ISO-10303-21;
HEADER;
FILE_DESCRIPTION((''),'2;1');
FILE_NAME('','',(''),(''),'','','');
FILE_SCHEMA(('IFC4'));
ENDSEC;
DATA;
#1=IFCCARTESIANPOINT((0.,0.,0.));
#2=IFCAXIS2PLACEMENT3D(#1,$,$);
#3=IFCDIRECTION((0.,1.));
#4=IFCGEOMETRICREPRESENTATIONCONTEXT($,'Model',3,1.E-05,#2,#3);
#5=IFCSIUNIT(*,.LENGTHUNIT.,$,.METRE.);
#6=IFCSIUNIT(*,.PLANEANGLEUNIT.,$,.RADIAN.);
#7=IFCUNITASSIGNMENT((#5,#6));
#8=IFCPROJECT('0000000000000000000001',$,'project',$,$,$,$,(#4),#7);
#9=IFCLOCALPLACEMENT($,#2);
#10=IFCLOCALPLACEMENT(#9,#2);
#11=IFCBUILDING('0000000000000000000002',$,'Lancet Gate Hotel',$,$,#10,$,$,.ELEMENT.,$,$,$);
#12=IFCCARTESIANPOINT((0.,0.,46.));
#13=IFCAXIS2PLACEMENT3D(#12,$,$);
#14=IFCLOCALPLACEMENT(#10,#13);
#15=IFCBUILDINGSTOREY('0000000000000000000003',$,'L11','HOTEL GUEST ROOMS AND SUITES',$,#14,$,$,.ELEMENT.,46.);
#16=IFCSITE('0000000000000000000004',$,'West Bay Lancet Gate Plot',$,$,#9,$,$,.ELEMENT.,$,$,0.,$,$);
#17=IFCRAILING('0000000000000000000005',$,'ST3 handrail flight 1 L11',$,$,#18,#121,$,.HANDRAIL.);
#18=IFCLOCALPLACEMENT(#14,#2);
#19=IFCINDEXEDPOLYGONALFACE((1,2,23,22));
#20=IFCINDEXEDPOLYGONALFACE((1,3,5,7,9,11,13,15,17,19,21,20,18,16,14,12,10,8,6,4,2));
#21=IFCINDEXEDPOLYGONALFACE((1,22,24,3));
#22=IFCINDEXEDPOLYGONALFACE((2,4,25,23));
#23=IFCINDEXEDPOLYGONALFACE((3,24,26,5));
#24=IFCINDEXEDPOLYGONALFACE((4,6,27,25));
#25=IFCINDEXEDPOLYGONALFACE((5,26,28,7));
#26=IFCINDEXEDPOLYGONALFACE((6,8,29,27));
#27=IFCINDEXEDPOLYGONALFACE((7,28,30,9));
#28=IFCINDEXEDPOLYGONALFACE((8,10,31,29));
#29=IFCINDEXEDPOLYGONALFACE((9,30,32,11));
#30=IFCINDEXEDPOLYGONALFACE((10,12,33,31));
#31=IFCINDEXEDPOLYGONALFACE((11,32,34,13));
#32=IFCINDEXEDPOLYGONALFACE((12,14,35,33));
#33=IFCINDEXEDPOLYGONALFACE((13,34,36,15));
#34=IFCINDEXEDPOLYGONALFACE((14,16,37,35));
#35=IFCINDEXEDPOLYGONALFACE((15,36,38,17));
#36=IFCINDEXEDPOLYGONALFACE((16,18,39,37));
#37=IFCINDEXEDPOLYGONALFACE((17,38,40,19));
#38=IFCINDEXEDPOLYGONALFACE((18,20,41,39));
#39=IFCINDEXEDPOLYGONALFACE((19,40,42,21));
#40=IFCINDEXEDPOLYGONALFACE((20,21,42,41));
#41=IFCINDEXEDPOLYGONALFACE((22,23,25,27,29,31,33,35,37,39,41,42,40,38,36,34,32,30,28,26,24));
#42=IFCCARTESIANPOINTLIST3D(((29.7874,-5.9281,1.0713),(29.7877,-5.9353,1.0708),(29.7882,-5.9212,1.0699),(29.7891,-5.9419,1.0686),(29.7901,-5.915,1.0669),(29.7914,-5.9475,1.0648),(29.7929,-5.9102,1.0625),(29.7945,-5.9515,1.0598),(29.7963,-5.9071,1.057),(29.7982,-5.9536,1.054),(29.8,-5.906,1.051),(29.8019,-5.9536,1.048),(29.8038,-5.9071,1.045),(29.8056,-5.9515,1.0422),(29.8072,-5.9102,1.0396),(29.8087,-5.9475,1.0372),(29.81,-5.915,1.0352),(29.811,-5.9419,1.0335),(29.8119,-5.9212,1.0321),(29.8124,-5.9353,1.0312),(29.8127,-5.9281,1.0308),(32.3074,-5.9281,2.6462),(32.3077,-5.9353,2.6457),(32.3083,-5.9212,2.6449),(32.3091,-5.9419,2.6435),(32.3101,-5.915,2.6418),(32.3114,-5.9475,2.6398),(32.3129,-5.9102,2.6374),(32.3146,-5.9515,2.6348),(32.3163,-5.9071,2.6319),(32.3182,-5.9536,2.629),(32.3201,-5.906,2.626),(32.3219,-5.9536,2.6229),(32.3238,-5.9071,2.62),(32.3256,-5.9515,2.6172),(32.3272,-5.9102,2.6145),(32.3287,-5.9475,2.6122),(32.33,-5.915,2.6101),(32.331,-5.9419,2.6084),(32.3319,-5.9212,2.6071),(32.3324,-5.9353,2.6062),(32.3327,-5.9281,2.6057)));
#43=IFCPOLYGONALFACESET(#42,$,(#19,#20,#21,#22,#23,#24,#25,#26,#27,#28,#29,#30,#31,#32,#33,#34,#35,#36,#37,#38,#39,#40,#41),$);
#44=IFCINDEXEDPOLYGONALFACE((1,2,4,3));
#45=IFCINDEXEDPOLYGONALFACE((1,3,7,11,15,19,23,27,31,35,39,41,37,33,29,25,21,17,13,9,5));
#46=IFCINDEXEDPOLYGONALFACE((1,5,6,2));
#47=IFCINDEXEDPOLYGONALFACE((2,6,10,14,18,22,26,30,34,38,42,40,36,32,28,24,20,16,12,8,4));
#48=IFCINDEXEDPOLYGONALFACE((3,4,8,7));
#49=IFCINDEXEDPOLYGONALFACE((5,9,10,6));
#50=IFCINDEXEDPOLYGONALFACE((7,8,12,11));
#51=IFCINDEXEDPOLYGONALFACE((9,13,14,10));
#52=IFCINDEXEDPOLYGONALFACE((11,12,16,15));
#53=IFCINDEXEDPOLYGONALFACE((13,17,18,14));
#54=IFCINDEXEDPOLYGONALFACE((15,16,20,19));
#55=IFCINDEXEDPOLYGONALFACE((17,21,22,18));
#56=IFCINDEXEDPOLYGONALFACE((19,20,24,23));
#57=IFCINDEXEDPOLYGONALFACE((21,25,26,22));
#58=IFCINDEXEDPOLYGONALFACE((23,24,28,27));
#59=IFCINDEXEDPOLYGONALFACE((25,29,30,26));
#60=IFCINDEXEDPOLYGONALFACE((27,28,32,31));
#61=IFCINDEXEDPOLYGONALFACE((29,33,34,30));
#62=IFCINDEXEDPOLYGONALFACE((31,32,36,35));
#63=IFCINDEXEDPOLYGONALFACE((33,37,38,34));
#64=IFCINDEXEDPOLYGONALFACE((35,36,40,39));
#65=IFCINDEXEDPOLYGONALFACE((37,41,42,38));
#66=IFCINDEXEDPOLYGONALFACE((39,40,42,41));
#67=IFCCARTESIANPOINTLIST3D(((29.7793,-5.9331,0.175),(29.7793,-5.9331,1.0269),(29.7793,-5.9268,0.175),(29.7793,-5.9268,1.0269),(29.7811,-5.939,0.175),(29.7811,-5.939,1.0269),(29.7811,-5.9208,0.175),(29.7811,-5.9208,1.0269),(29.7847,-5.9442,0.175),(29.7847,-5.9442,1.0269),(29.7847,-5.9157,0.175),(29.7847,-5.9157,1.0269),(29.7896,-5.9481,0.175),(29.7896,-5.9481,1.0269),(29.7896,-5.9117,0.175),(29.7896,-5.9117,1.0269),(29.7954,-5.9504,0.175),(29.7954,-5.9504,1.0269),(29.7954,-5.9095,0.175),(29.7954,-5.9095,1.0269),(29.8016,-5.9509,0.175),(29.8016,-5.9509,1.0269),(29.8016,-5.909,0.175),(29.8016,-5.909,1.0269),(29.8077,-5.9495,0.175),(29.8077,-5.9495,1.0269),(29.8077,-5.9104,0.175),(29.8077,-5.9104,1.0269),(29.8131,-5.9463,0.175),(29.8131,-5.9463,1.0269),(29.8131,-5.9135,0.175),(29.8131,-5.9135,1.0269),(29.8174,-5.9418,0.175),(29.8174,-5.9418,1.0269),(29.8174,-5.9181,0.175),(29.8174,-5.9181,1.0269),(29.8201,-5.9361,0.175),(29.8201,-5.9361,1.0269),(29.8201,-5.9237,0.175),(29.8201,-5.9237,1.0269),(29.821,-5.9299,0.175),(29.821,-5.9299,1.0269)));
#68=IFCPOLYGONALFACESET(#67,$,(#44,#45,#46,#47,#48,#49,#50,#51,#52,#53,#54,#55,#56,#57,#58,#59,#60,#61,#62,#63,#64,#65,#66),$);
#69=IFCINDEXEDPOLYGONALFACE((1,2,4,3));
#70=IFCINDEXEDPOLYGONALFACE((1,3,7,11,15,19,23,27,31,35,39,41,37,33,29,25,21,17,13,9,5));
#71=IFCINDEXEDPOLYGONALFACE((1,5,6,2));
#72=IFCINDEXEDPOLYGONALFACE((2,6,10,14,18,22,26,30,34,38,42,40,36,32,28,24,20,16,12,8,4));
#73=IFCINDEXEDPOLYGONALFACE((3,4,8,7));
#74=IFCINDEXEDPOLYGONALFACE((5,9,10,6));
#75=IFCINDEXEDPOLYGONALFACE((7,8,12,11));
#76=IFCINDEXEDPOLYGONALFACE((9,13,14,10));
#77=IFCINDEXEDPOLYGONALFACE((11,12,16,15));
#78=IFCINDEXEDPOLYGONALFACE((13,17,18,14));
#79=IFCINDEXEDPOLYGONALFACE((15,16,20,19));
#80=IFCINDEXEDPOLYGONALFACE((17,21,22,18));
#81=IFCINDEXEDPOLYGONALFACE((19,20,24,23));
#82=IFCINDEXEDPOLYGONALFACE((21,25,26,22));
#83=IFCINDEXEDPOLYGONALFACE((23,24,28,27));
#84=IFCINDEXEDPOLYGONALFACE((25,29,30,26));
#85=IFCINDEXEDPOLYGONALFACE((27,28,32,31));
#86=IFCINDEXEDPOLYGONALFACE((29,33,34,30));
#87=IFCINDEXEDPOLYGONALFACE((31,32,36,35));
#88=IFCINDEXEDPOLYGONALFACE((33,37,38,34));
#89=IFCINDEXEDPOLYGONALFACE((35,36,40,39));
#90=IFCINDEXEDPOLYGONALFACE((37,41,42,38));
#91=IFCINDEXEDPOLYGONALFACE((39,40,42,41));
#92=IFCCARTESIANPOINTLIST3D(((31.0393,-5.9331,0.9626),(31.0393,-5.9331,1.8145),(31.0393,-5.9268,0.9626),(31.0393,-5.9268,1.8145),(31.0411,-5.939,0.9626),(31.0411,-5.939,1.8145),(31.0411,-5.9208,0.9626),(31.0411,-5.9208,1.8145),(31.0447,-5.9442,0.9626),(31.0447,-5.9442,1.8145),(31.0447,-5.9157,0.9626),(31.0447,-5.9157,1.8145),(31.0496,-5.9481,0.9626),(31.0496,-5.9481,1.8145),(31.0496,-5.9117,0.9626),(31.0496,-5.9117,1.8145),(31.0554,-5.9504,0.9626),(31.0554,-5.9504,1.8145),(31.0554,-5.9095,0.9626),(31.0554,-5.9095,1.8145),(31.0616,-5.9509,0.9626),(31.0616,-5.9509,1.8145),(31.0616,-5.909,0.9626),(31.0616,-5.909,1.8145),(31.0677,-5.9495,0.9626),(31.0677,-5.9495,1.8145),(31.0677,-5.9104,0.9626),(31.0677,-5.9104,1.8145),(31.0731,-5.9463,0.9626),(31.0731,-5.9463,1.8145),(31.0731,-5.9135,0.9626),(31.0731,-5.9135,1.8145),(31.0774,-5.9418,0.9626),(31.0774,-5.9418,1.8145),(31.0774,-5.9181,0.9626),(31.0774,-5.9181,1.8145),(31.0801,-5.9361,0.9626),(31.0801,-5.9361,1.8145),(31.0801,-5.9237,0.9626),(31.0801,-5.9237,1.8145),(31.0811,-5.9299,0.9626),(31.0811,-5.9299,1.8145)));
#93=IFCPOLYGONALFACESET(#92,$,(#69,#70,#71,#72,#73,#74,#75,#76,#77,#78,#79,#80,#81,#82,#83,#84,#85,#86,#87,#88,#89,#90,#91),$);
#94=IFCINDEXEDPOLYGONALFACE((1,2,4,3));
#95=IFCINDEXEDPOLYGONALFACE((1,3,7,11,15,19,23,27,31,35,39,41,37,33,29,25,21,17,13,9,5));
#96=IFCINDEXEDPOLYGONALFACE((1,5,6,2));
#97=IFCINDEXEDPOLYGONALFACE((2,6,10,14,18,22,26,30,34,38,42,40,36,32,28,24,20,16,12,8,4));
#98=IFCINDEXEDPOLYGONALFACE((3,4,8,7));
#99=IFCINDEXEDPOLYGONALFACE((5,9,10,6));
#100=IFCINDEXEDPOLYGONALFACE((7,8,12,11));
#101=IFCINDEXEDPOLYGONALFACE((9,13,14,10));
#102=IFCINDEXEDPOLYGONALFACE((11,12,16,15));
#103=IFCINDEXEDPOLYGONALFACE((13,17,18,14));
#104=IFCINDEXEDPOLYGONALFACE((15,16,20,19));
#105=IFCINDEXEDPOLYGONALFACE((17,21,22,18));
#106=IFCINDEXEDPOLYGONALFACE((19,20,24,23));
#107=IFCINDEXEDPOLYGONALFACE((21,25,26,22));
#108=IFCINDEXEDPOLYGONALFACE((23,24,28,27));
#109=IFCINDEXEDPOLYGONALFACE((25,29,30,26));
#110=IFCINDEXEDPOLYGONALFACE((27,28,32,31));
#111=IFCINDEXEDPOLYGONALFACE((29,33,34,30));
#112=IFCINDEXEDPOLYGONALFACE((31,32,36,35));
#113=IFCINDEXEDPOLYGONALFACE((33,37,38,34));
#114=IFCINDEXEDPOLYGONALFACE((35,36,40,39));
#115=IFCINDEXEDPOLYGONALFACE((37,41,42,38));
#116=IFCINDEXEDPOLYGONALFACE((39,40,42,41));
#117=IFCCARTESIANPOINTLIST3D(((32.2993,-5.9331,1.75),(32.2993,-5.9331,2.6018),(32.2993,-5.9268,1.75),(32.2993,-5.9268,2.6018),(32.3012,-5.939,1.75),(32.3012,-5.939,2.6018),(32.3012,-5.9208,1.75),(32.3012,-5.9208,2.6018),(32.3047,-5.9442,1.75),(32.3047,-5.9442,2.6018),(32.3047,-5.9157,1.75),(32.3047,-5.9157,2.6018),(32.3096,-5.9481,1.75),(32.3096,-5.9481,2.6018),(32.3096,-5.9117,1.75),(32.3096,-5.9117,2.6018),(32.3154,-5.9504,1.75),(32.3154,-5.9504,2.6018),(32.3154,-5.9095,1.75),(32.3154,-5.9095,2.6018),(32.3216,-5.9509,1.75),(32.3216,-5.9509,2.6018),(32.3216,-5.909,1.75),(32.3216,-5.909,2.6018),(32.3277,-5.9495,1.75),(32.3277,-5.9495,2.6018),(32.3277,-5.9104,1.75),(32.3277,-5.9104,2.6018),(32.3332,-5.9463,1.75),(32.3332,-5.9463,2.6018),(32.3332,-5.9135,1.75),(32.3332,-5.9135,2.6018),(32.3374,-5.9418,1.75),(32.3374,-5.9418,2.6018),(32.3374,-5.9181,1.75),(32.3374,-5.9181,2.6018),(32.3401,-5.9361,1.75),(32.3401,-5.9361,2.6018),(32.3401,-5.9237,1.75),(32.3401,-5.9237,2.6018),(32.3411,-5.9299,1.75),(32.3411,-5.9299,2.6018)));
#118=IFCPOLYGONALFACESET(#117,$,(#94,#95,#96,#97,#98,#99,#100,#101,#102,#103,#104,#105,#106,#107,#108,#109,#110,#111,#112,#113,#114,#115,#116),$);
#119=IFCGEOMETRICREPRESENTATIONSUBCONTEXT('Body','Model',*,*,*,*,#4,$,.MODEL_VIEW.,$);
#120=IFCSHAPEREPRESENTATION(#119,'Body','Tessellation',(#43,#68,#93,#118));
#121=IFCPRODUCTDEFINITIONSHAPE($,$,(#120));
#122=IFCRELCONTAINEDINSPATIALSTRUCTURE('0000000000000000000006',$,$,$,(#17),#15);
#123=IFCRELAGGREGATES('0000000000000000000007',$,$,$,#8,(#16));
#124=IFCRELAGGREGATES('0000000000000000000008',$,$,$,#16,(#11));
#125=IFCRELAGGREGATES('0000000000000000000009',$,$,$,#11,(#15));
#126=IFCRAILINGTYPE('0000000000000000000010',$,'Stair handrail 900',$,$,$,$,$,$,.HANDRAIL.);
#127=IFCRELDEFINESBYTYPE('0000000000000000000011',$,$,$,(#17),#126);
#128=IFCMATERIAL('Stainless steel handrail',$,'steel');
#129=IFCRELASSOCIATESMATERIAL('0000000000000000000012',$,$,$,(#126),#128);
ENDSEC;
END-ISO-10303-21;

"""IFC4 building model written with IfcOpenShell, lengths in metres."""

from ifc_helpers import new_model, si_unit, direction, frame, origin, origin_2d, place, context, subcontext, project, spatial, circle, extrude, material, type_object, element, save


model = new_model("IFC4")

# Units and contexts
model_context = context("Model", 3, precision=1e-05, world=origin(), true_north=direction((0.0, 1.0)))
body_context = subcontext(model_context, "Body", "Model", "MODEL_VIEW")
ifc_project = project(units=[si_unit("LENGTHUNIT", "METRE"), si_unit("PLANEANGLEUNIT", "RADIAN")], contexts=[model_context])

# Site, building, storey
site_placement = place(None, origin())
site = spatial("IfcSite", under=ifc_project, at=site_placement, Name="West Bay Lancet Gate Plot", CompositionType="ELEMENT", RefElevation=0.0)
building_placement = place(site_placement, origin())
building = spatial("IfcBuilding", under=site, at=building_placement, Name="Lancet Gate Hotel", CompositionType="ELEMENT")
storey_placement = place(building_placement, frame((0.0, 0.0, 46.0)))
storey = spatial("IfcBuildingStorey", under=building, at=storey_placement, Name="L11", Description="HOTEL GUEST ROOMS AND SUITES", CompositionType="ELEMENT", Elevation=46.0)

# Railing
ifc_material_1 = material(Name="Stainless steel handrail", Category="steel")
railing_type = type_object("IfcRailingType", Name="Stair handrail 900", PredefinedType="HANDRAIL", material=ifc_material_1)
railing_1_placement = place(storey_placement, frame((29.8, -5.9299, 0.175)))
element("IfcRailing", 1, at=railing_1_placement, inside=storey, type_object=railing_type, Name="ST3 handrail flight 1 L11", PredefinedType="HANDRAIL", context=body_context, shape_type="SweptSolid", body=[
    extrude(circle(Radius=0.0239, at=origin_2d()), frame((0.0, 0.0, 0.876), z_axis=(0.848008, 0.0, 0.529984), x_axis=(0.0, 1.0, 0.0)), (0.0, 0.0, 1.0), 2.9717),
    extrude(circle(Radius=0.021, at=origin_2d()), origin(), (0.0, 0.0, 1.0), 0.8518),
    extrude(circle(Radius=0.021, at=origin_2d()), frame((1.26, 0.0, 0.7876)), (0.0, 0.0, 1.0), 0.8518),
    extrude(circle(Radius=0.021, at=origin_2d()), frame((2.52, 0.0, 1.575)), (0.0, 0.0, 1.0), 0.8518),
])

save(model, "model.ifc")
